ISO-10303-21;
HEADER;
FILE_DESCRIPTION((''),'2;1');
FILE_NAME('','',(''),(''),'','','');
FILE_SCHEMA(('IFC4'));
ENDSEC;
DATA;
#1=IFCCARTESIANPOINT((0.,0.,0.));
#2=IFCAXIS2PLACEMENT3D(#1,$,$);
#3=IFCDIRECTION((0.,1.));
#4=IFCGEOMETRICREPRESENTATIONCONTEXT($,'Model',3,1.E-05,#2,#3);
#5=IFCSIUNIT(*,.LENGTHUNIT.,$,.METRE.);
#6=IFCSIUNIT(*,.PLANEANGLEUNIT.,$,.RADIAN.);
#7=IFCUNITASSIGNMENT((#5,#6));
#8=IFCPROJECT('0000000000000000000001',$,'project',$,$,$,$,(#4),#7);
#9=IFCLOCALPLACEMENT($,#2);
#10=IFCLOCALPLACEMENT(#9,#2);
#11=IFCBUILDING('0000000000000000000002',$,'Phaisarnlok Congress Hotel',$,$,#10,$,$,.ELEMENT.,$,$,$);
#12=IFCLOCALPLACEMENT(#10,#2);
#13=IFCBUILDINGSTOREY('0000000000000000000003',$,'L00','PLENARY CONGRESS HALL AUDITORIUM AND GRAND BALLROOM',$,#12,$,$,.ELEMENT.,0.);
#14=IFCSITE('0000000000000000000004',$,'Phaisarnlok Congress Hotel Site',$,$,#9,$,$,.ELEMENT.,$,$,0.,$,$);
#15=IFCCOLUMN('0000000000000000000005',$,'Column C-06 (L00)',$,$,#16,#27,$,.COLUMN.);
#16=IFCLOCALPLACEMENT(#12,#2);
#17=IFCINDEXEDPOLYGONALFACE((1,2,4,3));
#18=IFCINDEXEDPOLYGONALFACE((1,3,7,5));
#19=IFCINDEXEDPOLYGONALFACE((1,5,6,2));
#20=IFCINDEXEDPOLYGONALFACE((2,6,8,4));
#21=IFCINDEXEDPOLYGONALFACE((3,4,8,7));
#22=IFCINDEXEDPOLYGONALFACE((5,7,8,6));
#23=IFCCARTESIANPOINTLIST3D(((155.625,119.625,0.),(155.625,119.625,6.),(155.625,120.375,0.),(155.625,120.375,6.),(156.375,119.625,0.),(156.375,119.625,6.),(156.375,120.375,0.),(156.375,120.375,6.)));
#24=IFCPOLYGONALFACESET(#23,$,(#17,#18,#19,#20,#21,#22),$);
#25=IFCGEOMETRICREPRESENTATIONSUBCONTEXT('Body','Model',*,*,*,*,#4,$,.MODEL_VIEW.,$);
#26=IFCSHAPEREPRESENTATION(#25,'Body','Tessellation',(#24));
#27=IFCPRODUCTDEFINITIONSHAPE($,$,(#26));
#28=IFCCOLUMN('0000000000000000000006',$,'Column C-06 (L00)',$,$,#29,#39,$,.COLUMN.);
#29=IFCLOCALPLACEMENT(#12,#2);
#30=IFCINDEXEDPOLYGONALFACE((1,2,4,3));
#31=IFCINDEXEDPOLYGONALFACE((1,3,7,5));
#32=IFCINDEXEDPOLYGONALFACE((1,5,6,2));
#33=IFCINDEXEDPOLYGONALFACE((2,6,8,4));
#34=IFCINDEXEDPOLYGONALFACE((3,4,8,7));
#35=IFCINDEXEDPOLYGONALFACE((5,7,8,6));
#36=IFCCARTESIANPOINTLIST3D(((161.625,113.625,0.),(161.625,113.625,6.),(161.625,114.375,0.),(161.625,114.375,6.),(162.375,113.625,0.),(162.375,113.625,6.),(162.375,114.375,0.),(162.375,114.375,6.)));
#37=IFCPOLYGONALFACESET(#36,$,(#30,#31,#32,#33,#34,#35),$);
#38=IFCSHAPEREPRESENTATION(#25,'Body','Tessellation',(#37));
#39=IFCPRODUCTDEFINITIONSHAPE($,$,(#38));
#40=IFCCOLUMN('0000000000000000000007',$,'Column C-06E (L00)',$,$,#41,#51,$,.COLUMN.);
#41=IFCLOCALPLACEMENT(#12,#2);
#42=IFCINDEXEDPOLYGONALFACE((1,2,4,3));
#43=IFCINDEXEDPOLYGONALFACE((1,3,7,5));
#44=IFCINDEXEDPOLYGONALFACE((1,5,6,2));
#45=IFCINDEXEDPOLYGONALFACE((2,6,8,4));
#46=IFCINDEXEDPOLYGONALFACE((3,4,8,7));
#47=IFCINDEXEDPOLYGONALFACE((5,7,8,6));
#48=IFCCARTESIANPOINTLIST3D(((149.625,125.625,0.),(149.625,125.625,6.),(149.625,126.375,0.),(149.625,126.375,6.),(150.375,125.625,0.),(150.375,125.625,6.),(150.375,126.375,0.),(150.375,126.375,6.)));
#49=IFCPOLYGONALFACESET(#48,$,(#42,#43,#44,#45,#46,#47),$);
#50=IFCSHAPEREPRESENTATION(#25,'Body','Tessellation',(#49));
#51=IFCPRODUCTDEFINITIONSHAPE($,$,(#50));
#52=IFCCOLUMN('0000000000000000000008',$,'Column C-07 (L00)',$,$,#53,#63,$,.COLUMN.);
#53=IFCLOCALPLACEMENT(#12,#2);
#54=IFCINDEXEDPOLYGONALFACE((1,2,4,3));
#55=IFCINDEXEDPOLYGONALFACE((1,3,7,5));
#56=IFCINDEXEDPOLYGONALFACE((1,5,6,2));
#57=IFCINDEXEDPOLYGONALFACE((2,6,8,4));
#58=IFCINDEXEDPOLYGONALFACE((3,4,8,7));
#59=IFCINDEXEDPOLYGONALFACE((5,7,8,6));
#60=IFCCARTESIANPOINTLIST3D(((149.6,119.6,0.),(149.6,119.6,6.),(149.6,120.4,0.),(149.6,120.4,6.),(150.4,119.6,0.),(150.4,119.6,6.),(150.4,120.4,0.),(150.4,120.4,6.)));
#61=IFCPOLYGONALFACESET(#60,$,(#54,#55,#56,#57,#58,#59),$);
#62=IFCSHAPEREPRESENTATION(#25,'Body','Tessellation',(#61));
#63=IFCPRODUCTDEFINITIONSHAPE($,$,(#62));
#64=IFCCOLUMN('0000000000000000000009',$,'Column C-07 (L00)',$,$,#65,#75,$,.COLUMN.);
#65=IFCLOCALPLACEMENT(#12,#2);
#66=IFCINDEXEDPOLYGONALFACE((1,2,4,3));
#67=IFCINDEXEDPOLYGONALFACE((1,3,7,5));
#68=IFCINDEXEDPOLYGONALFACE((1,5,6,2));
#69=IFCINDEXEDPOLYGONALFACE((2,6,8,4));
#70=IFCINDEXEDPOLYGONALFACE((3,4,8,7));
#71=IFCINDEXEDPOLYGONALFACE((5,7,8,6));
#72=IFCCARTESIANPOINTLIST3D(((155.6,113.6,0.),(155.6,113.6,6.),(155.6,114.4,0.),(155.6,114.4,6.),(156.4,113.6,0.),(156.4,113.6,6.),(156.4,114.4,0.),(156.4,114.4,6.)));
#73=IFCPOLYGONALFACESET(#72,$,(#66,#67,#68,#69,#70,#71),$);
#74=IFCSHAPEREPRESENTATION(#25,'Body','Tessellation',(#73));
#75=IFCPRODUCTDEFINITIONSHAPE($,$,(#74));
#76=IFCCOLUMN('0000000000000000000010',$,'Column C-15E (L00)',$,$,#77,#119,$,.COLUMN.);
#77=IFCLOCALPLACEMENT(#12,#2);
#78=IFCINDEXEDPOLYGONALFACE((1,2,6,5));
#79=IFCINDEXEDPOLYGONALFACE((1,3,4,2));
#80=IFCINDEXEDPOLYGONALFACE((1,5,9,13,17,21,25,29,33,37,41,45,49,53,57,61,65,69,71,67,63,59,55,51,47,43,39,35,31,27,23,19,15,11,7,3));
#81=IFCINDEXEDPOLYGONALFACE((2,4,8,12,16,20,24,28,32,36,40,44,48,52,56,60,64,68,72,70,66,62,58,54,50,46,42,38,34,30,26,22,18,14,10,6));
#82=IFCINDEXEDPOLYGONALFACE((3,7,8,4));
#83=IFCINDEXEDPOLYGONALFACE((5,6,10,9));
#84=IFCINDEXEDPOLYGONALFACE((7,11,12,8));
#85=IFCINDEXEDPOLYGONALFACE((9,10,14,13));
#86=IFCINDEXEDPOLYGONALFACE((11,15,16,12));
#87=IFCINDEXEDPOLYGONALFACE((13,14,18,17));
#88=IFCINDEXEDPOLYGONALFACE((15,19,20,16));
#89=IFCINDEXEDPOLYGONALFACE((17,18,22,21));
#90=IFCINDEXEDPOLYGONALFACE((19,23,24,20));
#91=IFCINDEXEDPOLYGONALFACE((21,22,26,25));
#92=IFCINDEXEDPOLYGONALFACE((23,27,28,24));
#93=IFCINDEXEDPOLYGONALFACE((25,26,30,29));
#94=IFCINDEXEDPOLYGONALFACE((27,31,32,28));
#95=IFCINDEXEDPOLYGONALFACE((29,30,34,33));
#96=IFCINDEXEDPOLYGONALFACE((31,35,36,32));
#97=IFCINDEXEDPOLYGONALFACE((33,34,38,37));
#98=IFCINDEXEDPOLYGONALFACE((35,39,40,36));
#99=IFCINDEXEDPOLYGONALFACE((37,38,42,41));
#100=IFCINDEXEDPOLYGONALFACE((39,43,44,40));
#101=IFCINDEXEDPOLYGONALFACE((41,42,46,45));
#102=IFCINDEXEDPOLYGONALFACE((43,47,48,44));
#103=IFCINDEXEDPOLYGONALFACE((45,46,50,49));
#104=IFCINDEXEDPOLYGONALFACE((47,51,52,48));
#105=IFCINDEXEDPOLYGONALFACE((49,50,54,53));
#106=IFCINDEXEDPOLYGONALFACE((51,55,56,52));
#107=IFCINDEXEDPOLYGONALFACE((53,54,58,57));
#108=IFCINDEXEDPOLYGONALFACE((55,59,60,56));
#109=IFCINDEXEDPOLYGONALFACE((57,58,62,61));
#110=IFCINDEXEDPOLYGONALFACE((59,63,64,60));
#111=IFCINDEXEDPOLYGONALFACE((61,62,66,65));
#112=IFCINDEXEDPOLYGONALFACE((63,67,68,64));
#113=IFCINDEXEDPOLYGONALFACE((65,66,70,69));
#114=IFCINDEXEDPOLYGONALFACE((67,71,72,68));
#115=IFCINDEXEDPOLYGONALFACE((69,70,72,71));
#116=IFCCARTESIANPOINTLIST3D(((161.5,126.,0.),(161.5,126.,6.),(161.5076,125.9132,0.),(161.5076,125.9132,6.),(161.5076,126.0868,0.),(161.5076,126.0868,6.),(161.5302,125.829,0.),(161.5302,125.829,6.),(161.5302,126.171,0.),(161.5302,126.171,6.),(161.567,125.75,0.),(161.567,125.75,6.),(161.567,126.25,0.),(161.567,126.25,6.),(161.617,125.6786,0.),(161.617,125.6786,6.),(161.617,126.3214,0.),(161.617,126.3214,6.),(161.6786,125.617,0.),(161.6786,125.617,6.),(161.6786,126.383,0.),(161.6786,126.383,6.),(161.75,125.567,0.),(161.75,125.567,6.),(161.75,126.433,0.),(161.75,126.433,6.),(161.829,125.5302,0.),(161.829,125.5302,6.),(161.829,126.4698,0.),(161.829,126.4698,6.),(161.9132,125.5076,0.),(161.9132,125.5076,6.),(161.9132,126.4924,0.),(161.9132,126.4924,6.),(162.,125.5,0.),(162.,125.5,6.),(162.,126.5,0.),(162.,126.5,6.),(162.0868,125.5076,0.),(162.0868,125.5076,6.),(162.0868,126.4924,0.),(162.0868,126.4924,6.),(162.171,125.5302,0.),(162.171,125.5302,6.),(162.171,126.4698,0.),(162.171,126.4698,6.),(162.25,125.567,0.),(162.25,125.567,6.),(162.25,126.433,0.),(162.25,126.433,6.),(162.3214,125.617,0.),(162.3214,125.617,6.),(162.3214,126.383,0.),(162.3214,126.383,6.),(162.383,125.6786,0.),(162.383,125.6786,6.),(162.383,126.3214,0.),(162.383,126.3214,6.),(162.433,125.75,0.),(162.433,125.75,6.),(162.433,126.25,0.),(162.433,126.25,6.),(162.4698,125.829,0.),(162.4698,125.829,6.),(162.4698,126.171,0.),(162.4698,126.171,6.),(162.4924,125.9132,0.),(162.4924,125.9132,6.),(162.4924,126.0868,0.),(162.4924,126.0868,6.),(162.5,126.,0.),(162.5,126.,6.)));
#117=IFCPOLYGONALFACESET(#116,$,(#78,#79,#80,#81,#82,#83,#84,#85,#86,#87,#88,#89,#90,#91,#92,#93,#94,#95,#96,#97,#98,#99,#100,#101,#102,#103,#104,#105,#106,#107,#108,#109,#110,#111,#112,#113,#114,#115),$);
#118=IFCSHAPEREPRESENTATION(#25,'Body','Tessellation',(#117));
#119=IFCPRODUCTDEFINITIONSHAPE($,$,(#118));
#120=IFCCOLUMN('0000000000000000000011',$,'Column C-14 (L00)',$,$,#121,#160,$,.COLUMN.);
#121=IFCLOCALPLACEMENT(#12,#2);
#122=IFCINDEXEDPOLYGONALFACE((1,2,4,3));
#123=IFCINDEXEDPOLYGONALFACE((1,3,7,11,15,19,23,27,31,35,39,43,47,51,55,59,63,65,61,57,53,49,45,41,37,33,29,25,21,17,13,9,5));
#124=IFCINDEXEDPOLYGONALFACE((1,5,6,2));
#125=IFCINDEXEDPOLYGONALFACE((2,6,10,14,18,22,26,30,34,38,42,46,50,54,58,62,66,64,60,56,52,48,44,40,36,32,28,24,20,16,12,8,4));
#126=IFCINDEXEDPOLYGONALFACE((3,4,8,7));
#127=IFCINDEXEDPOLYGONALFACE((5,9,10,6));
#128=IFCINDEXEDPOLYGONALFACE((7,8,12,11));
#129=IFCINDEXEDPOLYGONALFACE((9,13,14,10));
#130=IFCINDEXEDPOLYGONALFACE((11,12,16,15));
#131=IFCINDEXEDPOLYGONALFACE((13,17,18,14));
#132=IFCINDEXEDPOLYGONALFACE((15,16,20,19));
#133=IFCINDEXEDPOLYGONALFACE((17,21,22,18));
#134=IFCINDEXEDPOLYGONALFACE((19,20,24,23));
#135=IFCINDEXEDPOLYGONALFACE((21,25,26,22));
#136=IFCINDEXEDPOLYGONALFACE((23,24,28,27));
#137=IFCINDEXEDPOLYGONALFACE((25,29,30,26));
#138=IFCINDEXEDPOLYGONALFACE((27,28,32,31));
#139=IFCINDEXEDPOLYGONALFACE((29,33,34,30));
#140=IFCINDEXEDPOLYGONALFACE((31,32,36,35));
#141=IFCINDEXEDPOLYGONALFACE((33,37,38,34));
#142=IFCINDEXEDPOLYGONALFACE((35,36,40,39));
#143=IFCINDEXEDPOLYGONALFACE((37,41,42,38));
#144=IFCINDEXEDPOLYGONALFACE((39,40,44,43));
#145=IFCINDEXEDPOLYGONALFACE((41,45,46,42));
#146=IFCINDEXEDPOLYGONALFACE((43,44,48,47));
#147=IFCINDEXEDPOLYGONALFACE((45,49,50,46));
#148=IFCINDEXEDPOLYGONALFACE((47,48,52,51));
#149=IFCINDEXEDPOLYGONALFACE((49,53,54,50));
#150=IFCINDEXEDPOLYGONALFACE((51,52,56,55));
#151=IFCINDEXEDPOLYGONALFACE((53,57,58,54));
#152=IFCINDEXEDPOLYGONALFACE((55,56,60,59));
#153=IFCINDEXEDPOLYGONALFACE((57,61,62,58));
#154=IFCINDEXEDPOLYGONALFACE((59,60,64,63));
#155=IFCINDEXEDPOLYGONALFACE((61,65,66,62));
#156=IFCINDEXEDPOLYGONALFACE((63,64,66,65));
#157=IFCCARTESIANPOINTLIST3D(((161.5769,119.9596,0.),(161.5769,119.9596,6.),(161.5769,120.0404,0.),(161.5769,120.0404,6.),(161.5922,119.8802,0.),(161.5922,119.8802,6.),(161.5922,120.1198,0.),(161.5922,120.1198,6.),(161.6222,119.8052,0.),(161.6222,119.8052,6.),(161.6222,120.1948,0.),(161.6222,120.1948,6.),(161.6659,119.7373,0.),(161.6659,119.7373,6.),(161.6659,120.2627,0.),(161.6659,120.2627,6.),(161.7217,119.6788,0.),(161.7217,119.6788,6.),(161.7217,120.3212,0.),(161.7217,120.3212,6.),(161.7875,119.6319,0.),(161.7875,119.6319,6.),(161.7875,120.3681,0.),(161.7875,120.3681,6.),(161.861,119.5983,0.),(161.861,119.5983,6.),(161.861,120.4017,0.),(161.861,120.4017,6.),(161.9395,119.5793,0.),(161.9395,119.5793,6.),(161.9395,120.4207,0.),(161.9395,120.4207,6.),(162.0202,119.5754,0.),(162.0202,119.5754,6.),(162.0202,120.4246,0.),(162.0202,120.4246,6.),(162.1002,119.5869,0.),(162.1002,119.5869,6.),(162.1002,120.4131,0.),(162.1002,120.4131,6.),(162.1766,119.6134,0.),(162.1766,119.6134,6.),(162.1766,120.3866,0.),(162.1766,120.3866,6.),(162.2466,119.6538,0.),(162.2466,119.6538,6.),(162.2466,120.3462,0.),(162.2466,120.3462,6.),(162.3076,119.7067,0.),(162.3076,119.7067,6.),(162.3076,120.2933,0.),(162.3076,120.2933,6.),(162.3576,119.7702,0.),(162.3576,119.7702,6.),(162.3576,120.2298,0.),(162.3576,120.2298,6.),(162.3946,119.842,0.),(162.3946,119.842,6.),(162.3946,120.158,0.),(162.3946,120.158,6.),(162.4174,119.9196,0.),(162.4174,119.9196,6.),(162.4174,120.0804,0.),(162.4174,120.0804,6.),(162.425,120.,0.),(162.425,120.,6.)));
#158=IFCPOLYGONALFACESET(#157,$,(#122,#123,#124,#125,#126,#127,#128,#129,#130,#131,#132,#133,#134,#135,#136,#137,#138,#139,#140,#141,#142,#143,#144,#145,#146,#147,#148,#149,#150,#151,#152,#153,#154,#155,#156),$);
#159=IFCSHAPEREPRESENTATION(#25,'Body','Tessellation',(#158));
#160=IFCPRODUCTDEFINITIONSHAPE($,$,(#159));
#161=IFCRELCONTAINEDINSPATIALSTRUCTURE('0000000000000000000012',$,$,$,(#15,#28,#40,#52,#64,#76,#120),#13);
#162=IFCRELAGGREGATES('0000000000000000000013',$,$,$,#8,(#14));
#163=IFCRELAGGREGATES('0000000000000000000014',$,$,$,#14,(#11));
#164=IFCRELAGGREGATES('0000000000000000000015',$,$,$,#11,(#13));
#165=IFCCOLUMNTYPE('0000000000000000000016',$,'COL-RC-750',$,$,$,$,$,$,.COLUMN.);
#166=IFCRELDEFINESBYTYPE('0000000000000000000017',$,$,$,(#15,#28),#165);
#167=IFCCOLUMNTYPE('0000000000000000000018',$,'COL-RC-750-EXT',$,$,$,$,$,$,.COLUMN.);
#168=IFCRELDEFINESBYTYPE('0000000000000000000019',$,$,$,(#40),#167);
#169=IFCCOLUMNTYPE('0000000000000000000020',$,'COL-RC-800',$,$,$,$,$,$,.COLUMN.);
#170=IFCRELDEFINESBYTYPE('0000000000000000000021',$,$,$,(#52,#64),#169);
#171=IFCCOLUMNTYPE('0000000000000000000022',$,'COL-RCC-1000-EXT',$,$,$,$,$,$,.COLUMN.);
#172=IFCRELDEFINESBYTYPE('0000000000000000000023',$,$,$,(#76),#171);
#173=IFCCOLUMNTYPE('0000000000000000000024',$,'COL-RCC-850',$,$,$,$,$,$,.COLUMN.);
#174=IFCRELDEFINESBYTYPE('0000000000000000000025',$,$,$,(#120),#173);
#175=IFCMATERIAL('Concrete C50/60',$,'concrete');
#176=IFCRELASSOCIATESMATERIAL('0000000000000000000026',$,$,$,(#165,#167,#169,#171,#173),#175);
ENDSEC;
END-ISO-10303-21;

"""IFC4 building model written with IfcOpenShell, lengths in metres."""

from ifc_helpers import new_model, si_unit, direction, frame, origin, origin_2d, place, context, subcontext, project, spatial, rectangle, circle, extrude, material, material_profile, profile_set, type_object, element, save


model = new_model("IFC4")

# Units and contexts
model_context = context("Model", 3, precision=1e-05, world=origin(), true_north=direction((0.0, 1.0)))
body_context = subcontext(model_context, "Body", "Model", "MODEL_VIEW")
ifc_project = project(units=[si_unit("LENGTHUNIT", "METRE"), si_unit("PLANEANGLEUNIT", "RADIAN")], contexts=[model_context])

# Site, building, storey
site_placement = place(None, origin())
site = spatial("IfcSite", under=ifc_project, at=site_placement, Name="Phaisarnlok Congress Hotel Site", CompositionType="ELEMENT", RefElevation=0.0)
building_placement = place(site_placement, origin())
building = spatial("IfcBuilding", under=site, at=building_placement, Name="Phaisarnlok Congress Hotel", CompositionType="ELEMENT")
storey_placement = place(building_placement, origin())
storey = spatial("IfcBuildingStorey", under=building, at=storey_placement, Name="L00", Description="PLENARY CONGRESS HALL AUDITORIUM AND GRAND BALLROOM", CompositionType="ELEMENT", Elevation=0.0)

# Columns
ifc_material_1 = material(Name="Concrete C50/60", Category="concrete")
ifc_material_profile_1 = material_profile(ifc_material_1, rectangle(XDim=0.75, YDim=0.75, at=origin_2d()), Name="RC 750x750")
ifc_profile_set_1 = profile_set([ifc_material_profile_1], Name="Concrete C50/60")
column_type_1 = type_object("IfcColumnType", Name="COL-RC-750", PredefinedType="COLUMN", material=ifc_profile_set_1)
for number, where, z_axis, x_axis, name in (
    (1, (156.0, 120.0, 0.0), (0.0, 0.0, 1.0), (1.0, 0.0, 0.0), "Column C-06 (L00)"),
    (2, (162.0, 114.0, 0.0), (0.0, 0.0, 1.0), (1.0, 0.0, 0.0), "Column C-06 (L00)"),
):
    element("IfcColumn", number, at=place(storey_placement, frame(where, z_axis=z_axis, x_axis=x_axis)), inside=storey, type_object=column_type_1, Name=name, PredefinedType="COLUMN", context=body_context, shape_type="SweptSolid", body=[
        extrude(rectangle(XDim=0.75, YDim=0.75, at=origin_2d()), origin(), (0.0, 0.0, 1.0), 6.0),
    ])
ifc_material_profile_2 = material_profile(ifc_material_1, rectangle(XDim=0.75, YDim=0.75, at=origin_2d()), Name="RC 750x750")
ifc_profile_set_2 = profile_set([ifc_material_profile_2], Name="Concrete C50/60")
column_type_2 = type_object("IfcColumnType", Name="COL-RC-750-EXT", PredefinedType="COLUMN", material=ifc_profile_set_2)
column_1_placement = place(storey_placement, frame((150.0, 126.0, 0.0), z_axis=(0.0, 0.0, 1.0), x_axis=(1.0, 0.0, 0.0)))
element("IfcColumn", 3, at=column_1_placement, inside=storey, type_object=column_type_2, Name="Column C-06E (L00)", PredefinedType="COLUMN", context=body_context, shape_type="SweptSolid", body=[
    extrude(rectangle(XDim=0.75, YDim=0.75, at=origin_2d()), origin(), (0.0, 0.0, 1.0), 6.0),
])
ifc_material_profile_3 = material_profile(ifc_material_1, rectangle(XDim=0.8, YDim=0.8, at=origin_2d()), Name="RC 800x800")
ifc_profile_set_3 = profile_set([ifc_material_profile_3], Name="Concrete C50/60")
column_type_3 = type_object("IfcColumnType", Name="COL-RC-800", PredefinedType="COLUMN", material=ifc_profile_set_3)
for number, where, z_axis, x_axis, name in (
    (4, (150.0, 120.0, 0.0), (0.0, 0.0, 1.0), (1.0, 0.0, 0.0), "Column C-07 (L00)"),
    (5, (156.0, 114.0, 0.0), (0.0, 0.0, 1.0), (1.0, 0.0, 0.0), "Column C-07 (L00)"),
):
    element("IfcColumn", number, at=place(storey_placement, frame(where, z_axis=z_axis, x_axis=x_axis)), inside=storey, type_object=column_type_3, Name=name, PredefinedType="COLUMN", context=body_context, shape_type="SweptSolid", body=[
        extrude(rectangle(XDim=0.8, YDim=0.8, at=origin_2d()), origin(), (0.0, 0.0, 1.0), 6.0),
    ])
ifc_material_profile_4 = material_profile(ifc_material_1, circle(Radius=0.5, at=origin_2d()), Name="RCC D1000")
ifc_profile_set_4 = profile_set([ifc_material_profile_4], Name="Concrete C50/60")
column_type_4 = type_object("IfcColumnType", Name="COL-RCC-1000-EXT", PredefinedType="COLUMN", material=ifc_profile_set_4)
column_2_placement = place(storey_placement, frame((162.0, 126.0, 0.0), z_axis=(0.0, 0.0, 1.0), x_axis=(1.0, 0.0, 0.0)))
element("IfcColumn", 6, at=column_2_placement, inside=storey, type_object=column_type_4, Name="Column C-15E (L00)", PredefinedType="COLUMN", context=body_context, shape_type="SweptSolid", body=[
    extrude(circle(Radius=0.5, at=origin_2d()), origin(), (0.0, 0.0, 1.0), 6.0),
])
ifc_material_profile_5 = material_profile(ifc_material_1, circle(Radius=0.425, at=origin_2d()), Name="RCC D850")
ifc_profile_set_5 = profile_set([ifc_material_profile_5], Name="Concrete C50/60")
column_type_5 = type_object("IfcColumnType", Name="COL-RCC-850", PredefinedType="COLUMN", material=ifc_profile_set_5)
column_3_placement = place(storey_placement, frame((162.0, 120.0, 0.0), z_axis=(0.0, 0.0, 1.0), x_axis=(1.0, 0.0, 0.0)))
element("IfcColumn", 7, at=column_3_placement, inside=storey, type_object=column_type_5, Name="Column C-14 (L00)", PredefinedType="COLUMN", context=body_context, shape_type="SweptSolid", body=[
    extrude(circle(Radius=0.425, at=origin_2d()), origin(), (0.0, 0.0, 1.0), 6.0),
])

save(model, "model.ifc")
